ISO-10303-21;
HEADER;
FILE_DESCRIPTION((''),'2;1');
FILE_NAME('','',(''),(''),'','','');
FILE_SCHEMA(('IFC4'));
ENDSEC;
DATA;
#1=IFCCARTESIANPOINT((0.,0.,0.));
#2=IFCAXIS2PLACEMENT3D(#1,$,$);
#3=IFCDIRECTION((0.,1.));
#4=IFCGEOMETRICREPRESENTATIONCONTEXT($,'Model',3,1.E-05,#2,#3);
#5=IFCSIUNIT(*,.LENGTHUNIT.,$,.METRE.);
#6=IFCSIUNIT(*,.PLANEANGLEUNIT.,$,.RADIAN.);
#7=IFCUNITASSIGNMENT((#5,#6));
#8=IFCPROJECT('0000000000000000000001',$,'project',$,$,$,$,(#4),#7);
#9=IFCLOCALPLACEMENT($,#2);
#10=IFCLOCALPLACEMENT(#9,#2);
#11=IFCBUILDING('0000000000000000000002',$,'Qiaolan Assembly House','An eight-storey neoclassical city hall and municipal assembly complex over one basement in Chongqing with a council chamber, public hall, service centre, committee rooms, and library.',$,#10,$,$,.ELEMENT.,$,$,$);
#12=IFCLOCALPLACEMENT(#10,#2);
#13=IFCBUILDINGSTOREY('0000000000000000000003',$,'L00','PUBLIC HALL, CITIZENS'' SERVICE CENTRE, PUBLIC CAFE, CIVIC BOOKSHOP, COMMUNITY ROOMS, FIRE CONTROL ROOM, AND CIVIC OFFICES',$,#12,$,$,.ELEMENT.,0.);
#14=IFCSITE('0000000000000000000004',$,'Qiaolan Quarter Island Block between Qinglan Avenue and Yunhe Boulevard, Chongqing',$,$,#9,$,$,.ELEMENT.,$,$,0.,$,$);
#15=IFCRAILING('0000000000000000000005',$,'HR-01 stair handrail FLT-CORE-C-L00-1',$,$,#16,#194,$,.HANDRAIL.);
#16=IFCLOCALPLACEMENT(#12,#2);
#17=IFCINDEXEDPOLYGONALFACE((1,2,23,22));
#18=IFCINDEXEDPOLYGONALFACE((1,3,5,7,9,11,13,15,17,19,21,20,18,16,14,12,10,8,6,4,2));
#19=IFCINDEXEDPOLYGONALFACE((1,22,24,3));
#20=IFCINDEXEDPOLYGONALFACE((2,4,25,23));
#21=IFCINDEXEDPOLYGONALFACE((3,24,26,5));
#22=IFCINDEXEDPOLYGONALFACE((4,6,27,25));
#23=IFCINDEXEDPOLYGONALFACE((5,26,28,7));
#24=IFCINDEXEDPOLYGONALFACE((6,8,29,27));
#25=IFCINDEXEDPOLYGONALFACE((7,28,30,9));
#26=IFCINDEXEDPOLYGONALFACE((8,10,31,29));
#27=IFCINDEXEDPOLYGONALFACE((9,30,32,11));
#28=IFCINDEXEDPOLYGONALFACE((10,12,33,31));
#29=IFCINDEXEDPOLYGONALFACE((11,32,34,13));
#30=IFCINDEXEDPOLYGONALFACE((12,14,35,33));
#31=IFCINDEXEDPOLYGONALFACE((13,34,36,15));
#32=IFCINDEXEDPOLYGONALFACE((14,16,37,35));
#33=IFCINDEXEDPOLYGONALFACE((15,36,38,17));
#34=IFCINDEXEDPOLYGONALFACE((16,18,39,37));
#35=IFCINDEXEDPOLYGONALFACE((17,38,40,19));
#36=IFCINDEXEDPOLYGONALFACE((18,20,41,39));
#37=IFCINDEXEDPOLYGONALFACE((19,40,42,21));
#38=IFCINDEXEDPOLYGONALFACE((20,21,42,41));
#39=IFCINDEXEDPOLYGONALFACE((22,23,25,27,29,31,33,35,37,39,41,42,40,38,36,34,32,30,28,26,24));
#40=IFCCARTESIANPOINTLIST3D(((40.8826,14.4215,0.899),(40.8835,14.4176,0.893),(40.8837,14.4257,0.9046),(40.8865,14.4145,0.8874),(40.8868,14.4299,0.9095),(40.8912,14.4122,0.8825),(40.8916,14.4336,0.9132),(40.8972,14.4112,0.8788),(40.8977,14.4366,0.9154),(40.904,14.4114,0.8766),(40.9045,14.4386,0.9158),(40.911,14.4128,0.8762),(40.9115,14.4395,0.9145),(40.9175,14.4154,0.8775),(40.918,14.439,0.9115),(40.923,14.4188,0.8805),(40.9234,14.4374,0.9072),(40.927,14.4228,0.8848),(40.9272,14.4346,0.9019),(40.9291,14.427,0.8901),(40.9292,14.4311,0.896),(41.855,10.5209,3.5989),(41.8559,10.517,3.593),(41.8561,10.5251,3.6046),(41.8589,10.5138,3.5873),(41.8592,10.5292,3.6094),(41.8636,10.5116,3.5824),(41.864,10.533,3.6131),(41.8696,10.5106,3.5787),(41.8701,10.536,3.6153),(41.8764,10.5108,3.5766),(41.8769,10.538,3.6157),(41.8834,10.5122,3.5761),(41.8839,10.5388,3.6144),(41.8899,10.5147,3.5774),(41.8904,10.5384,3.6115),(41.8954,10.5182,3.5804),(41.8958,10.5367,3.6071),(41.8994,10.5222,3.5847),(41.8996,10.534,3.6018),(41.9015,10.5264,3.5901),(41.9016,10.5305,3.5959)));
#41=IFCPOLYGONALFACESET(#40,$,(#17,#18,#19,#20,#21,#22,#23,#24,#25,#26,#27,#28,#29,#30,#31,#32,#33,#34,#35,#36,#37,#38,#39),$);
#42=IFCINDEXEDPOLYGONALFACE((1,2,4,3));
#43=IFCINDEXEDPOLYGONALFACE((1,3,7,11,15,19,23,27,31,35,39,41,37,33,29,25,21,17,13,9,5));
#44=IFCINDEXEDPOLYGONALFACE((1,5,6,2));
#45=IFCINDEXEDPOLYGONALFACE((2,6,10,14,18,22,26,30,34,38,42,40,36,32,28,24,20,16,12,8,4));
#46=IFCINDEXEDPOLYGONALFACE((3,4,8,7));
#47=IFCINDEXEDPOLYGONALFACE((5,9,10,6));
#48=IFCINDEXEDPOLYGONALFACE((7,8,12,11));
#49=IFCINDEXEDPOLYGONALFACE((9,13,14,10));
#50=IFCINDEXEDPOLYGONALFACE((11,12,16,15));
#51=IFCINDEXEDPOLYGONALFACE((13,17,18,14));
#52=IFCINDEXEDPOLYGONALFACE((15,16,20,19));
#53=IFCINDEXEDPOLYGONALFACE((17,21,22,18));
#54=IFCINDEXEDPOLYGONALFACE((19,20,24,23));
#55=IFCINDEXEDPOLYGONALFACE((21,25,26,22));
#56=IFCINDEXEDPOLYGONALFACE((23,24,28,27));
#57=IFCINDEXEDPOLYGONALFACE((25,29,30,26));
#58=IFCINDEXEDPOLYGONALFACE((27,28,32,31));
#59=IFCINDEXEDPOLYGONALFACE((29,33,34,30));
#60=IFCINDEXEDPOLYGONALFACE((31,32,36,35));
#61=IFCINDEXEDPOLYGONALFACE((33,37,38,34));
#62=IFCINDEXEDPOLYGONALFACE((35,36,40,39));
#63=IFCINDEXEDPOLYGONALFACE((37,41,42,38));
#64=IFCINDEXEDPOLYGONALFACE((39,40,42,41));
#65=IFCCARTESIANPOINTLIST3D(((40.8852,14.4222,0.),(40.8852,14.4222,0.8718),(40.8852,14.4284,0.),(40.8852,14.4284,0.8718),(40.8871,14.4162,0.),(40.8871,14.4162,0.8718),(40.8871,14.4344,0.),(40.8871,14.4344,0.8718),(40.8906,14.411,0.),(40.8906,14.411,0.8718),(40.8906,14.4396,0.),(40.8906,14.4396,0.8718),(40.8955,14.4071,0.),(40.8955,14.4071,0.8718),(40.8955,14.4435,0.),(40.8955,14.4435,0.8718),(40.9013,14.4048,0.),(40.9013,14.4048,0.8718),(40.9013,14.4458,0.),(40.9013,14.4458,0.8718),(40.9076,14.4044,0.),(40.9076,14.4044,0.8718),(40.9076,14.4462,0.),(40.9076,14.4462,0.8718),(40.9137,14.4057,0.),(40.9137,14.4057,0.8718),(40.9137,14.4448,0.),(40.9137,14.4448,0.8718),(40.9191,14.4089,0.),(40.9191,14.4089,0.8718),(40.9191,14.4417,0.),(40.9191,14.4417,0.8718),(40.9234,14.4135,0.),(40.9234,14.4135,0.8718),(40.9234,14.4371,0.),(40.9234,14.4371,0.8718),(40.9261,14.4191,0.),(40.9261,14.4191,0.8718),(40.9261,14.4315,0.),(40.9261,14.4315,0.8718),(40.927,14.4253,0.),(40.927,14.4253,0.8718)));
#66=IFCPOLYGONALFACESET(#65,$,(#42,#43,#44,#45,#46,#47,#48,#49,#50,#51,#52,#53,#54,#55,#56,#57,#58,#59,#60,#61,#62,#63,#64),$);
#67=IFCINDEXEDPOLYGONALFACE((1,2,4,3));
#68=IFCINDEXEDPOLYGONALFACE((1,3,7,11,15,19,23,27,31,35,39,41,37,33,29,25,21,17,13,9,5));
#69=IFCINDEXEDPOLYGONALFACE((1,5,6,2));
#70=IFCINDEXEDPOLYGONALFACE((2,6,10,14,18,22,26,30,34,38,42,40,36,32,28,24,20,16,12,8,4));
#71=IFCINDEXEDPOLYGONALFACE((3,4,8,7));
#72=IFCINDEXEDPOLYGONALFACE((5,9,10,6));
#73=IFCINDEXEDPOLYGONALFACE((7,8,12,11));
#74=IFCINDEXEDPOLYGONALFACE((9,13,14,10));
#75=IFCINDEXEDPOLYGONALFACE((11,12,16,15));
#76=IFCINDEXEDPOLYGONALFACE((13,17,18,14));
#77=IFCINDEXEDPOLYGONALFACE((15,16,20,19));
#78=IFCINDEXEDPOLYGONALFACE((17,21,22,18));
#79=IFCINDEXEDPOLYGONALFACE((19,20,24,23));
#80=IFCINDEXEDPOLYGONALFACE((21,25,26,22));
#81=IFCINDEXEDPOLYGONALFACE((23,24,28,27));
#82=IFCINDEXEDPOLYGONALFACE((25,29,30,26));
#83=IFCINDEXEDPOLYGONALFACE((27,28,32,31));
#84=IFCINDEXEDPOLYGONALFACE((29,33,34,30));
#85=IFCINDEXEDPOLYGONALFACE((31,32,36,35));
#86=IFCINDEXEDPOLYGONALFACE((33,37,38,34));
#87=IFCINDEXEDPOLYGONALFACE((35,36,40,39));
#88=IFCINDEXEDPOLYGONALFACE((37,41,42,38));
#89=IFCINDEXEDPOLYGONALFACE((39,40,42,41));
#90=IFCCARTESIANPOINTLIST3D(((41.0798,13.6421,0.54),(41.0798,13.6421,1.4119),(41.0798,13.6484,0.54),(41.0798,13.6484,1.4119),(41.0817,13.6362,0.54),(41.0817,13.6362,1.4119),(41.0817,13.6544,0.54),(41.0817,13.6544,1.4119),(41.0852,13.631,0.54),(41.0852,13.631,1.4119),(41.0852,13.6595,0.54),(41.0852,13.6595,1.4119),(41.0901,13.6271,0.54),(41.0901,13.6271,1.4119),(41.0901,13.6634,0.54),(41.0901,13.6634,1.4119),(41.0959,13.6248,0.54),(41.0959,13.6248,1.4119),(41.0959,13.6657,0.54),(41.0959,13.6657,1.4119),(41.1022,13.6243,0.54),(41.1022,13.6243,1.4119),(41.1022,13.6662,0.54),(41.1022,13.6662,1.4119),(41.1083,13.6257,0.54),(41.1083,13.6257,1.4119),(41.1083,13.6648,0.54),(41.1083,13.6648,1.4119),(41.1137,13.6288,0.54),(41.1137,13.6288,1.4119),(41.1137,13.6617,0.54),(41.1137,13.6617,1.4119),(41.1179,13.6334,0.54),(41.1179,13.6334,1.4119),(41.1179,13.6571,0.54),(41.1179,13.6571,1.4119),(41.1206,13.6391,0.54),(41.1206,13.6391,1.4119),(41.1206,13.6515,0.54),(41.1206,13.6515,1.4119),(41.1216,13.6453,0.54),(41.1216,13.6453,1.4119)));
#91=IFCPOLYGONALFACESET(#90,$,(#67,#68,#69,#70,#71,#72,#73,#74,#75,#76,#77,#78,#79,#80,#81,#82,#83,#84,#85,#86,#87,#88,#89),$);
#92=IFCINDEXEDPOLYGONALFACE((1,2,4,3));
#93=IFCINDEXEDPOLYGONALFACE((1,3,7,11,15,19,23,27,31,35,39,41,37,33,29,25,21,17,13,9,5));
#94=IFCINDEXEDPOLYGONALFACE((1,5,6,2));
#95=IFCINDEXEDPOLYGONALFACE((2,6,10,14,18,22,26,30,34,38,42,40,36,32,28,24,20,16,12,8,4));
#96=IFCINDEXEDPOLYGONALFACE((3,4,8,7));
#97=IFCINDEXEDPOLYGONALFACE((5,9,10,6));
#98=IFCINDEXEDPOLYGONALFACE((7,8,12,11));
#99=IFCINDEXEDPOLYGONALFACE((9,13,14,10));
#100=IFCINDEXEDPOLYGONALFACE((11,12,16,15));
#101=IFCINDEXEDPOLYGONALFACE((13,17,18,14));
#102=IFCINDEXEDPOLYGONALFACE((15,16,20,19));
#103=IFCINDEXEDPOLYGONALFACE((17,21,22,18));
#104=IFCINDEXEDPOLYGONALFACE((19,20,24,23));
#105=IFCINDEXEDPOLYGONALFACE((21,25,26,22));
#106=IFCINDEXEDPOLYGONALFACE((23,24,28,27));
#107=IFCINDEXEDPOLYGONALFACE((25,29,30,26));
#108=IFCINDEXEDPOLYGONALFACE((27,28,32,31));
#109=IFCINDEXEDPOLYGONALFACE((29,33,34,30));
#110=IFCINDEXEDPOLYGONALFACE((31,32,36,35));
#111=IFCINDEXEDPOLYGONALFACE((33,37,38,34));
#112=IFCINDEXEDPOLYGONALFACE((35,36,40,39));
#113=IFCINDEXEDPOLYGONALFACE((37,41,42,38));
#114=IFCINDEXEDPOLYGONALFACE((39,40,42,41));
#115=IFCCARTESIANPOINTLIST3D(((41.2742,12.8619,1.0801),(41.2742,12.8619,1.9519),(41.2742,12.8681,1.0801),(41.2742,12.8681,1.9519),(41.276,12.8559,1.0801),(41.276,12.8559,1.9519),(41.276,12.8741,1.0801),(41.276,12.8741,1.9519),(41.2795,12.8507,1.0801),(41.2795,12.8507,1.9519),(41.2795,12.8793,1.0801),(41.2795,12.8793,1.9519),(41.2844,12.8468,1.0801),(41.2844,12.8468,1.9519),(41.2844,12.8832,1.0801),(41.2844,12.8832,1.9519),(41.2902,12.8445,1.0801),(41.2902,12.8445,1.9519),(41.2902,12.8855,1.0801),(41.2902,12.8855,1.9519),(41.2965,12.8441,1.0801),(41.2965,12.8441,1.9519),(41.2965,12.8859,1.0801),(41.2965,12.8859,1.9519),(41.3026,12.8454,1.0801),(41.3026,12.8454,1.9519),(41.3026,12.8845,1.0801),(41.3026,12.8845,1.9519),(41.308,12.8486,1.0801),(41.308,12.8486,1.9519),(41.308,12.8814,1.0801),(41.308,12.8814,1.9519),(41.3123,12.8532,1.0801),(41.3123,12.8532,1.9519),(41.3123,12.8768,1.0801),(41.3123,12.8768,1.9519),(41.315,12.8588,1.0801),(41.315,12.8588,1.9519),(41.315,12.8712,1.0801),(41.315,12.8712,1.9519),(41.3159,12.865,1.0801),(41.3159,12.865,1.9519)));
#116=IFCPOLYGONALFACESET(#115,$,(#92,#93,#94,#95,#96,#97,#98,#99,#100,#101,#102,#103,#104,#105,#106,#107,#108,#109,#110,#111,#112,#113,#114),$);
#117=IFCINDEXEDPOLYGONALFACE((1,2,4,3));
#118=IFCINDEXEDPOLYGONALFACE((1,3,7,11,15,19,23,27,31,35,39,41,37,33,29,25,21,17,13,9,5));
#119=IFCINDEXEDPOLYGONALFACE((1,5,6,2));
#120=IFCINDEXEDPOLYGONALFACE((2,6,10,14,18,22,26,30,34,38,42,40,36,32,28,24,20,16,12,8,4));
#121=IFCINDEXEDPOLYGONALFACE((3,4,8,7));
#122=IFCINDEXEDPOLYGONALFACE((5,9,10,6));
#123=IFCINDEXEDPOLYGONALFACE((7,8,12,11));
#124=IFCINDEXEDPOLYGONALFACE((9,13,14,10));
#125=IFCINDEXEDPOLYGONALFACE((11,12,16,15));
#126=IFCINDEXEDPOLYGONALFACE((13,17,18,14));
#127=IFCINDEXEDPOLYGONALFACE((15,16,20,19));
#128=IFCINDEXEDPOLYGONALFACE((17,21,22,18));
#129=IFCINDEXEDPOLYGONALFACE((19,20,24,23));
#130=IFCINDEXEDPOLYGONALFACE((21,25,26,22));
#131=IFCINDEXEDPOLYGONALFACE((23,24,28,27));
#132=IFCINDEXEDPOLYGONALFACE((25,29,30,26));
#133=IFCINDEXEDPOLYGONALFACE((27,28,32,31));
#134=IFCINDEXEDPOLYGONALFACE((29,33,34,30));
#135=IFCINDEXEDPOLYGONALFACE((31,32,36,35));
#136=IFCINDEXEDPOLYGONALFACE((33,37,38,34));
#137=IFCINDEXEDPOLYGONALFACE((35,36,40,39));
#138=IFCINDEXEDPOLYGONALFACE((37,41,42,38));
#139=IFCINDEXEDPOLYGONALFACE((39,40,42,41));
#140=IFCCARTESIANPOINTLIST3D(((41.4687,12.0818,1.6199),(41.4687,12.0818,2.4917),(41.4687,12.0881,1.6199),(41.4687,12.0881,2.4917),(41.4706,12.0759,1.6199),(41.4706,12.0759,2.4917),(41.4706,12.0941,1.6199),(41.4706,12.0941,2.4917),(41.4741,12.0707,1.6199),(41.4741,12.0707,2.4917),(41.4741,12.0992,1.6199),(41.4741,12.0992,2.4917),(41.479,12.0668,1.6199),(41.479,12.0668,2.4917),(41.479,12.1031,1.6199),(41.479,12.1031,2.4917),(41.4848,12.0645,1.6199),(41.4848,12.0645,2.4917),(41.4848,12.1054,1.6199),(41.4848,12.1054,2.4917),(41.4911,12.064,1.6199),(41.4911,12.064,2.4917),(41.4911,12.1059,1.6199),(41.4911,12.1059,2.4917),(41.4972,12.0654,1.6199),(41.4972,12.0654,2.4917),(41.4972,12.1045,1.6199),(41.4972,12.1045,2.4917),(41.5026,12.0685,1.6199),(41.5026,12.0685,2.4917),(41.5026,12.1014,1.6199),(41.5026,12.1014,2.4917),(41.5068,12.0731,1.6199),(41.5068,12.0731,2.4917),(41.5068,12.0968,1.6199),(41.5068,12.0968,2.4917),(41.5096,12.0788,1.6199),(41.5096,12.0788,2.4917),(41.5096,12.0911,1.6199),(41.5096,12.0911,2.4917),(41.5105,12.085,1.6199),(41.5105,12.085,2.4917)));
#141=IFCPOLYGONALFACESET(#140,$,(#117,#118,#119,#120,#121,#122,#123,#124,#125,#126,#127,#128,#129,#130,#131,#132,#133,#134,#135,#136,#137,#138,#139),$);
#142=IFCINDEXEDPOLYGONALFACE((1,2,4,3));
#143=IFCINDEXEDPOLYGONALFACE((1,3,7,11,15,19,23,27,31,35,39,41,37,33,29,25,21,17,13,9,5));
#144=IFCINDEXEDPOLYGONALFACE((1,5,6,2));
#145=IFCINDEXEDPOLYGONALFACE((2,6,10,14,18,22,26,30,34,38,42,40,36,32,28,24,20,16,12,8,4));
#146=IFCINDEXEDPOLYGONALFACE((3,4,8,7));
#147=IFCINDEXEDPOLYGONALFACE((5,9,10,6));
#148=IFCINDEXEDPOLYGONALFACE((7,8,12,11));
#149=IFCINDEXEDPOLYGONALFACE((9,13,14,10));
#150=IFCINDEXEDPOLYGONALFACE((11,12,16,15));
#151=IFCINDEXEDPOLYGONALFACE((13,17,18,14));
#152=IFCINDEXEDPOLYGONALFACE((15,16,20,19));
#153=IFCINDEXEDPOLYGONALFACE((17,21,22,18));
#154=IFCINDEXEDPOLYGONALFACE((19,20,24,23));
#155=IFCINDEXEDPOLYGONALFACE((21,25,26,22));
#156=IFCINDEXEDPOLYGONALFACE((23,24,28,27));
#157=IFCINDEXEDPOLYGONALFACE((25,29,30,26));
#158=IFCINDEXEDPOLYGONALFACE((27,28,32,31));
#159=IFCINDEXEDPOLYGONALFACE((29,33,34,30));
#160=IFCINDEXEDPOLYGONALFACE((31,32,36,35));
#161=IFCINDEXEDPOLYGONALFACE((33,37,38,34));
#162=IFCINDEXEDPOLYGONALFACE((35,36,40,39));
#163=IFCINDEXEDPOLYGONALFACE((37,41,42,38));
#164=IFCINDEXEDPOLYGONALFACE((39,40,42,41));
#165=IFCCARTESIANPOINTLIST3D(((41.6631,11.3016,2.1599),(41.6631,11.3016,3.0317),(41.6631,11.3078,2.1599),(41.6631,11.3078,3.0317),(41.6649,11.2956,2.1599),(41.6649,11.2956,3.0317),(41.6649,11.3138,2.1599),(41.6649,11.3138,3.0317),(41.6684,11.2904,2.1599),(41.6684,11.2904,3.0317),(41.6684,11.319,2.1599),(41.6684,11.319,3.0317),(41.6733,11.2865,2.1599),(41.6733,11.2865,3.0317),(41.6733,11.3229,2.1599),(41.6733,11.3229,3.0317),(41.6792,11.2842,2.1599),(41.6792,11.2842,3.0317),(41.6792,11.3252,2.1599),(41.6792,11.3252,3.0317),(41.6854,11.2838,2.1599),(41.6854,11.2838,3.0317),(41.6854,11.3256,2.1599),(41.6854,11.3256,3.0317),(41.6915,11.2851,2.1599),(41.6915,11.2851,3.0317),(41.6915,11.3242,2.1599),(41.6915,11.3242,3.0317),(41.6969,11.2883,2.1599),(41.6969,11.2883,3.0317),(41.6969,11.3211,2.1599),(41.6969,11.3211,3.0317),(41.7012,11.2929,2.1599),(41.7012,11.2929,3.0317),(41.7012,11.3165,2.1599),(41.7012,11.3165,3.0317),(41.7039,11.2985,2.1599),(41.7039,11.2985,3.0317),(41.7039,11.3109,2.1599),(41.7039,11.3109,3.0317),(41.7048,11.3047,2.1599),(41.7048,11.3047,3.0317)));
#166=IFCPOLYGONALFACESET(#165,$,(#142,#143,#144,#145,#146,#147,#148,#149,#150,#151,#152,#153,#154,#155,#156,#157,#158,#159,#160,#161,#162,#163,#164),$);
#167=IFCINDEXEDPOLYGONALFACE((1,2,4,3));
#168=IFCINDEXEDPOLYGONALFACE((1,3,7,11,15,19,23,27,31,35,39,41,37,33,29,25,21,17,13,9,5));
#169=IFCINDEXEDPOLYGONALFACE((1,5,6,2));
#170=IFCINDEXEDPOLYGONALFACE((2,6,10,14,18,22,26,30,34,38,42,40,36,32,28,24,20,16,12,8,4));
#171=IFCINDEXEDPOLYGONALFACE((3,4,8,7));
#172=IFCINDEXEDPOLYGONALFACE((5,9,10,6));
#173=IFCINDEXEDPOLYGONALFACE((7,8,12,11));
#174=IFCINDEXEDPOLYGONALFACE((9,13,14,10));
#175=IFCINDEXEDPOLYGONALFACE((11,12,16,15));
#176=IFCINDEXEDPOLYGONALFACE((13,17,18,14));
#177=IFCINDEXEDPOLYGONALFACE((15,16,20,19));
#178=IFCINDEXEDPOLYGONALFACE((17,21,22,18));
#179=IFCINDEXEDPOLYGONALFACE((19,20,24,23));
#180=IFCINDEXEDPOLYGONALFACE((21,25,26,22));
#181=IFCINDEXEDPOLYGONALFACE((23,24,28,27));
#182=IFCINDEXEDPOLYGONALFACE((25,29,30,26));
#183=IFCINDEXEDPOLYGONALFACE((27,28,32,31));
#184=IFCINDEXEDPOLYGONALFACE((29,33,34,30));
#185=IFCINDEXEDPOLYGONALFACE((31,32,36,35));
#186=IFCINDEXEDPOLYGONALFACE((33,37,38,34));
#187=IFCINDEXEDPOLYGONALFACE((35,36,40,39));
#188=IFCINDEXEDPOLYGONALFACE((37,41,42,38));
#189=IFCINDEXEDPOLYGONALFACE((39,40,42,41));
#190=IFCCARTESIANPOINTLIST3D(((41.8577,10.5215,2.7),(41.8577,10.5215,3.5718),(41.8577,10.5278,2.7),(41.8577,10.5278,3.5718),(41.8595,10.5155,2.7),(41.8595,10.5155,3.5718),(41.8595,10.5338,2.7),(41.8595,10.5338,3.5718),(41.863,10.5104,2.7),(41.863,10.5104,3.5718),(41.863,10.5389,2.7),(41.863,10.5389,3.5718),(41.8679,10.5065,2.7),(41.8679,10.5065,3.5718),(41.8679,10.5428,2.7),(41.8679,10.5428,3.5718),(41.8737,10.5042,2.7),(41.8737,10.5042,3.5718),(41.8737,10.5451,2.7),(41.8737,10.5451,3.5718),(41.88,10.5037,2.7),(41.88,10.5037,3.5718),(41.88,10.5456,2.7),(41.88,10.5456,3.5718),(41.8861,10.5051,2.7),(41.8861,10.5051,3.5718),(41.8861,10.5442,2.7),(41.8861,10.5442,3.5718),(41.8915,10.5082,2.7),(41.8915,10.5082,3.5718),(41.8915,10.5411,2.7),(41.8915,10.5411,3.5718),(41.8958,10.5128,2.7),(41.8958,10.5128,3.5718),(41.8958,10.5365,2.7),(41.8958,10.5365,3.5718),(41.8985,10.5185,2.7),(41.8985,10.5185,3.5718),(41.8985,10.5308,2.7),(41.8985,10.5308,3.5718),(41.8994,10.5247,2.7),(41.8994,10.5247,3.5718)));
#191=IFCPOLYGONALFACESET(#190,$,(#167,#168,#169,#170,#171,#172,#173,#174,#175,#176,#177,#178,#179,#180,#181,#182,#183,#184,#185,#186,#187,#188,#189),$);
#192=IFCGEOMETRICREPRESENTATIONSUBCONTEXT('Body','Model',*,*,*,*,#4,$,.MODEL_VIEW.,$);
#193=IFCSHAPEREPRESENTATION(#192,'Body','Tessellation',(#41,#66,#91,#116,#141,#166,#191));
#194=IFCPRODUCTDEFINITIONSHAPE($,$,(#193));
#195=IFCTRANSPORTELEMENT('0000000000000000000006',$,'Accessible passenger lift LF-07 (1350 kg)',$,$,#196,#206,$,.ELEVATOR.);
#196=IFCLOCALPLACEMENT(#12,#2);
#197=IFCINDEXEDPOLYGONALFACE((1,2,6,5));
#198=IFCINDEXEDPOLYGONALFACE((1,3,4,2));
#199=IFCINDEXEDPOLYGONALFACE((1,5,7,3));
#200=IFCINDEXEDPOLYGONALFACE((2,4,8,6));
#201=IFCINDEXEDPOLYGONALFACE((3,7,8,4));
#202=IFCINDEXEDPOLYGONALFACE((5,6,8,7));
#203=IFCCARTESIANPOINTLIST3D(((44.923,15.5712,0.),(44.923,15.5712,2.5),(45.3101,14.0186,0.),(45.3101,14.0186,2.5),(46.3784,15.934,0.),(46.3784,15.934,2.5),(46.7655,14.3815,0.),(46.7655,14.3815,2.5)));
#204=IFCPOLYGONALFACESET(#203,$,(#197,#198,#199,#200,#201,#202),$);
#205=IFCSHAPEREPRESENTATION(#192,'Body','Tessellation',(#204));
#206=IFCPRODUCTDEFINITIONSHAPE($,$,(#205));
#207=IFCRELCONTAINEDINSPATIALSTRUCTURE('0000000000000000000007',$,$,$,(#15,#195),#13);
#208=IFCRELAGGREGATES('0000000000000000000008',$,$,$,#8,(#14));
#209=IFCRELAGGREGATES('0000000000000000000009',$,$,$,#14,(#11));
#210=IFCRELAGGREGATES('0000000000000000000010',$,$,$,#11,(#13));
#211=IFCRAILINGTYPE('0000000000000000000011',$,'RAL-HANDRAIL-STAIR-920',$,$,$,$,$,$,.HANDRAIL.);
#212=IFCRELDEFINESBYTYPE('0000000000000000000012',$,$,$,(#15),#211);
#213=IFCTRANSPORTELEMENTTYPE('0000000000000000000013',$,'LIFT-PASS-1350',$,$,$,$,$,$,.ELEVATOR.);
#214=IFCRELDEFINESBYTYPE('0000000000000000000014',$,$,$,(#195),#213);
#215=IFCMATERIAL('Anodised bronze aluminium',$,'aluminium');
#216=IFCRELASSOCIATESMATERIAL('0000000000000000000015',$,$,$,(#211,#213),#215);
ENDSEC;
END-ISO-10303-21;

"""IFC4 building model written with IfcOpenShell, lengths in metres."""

from ifc_helpers import new_model, si_unit, direction, frame, origin, origin_2d, place, context, subcontext, project, spatial, rectangle, circle, extrude, material, type_object, element, save


model = new_model("IFC4")

# Units and contexts
model_context = context("Model", 3, precision=1e-05, world=origin(), true_north=direction((0.0, 1.0)))
body_context = subcontext(model_context, "Body", "Model", "MODEL_VIEW")
ifc_project = project(units=[si_unit("LENGTHUNIT", "METRE"), si_unit("PLANEANGLEUNIT", "RADIAN")], contexts=[model_context])

# Site, building, storey
site_placement = place(None, origin())
site = spatial("IfcSite", under=ifc_project, at=site_placement, Name="Qiaolan Quarter Island Block between Qinglan Avenue and Yunhe Boulevard, Chongqing", CompositionType="ELEMENT", RefElevation=0.0)
building_placement = place(site_placement, origin())
building = spatial("IfcBuilding", under=site, at=building_placement, Name="Qiaolan Assembly House", Description="An eight-storey neoclassical city hall and municipal assembly complex over one basement in Chongqing with a council chamber, public hall, service centre, committee rooms, and library.", CompositionType="ELEMENT")
storey_placement = place(building_placement, origin())
storey = spatial("IfcBuildingStorey", under=building, at=storey_placement, Name="L00", Description="PUBLIC HALL, CITIZENS' SERVICE CENTRE, PUBLIC CAFE, CIVIC BOOKSHOP, COMMUNITY ROOMS, FIRE CONTROL ROOM, AND CIVIC OFFICES", CompositionType="ELEMENT", Elevation=0.0)

# Railing
ifc_material_1 = material(Name="Anodised bronze aluminium", Category="aluminium")
railing_type_1 = type_object("IfcRailingType", Name="RAL-HANDRAIL-STAIR-920", PredefinedType="HANDRAIL", material=ifc_material_1)
railing_1_placement = place(storey_placement, frame((40.906, 14.4253, 0.0)))
element("IfcRailing", 1, at=railing_1_placement, inside=storey, type_object=railing_type_1, Name="HR-01 stair handrail FLT-CORE-C-L00-1", PredefinedType="HANDRAIL", context=body_context, shape_type="SweptSolid", body=[
    extrude(circle(Radius=0.0239, at=origin_2d()), frame((0.0, 0.0, 0.896), z_axis=(0.200806, -0.805492, 0.557548), x_axis=(0.970303, 0.241893, 0.0)), (0.0, 0.0, 1.0), 4.8425),
    extrude(circle(Radius=0.021, at=origin_2d()), origin(), (0.0, 0.0, 1.0), 0.8718),
    extrude(circle(Radius=0.021, at=origin_2d()), frame((0.1946, -0.78, 0.54)), (0.0, 0.0, 1.0), 0.8718),
    extrude(circle(Radius=0.021, at=origin_2d()), frame((0.3889, -1.5603, 1.0801)), (0.0, 0.0, 1.0), 0.8718),
    extrude(circle(Radius=0.021, at=origin_2d()), frame((0.5835, -2.3403, 1.6199)), (0.0, 0.0, 1.0), 0.8718),
    extrude(circle(Radius=0.021, at=origin_2d()), frame((0.7778, -3.1206, 2.1599)), (0.0, 0.0, 1.0), 0.8718),
    extrude(circle(Radius=0.021, at=origin_2d()), frame((0.9724, -3.9006, 2.7)), (0.0, 0.0, 1.0), 0.8718),
])

# Transport element
transport_element_type_1 = type_object("IfcTransportElementType", Name="LIFT-PASS-1350", PredefinedType="ELEVATOR", material=ifc_material_1)
transport_element_1_placement = place(storey_placement, frame((45.8442, 14.9763, 0.0), z_axis=(0.0, 0.0, 1.0), x_axis=(0.970296, 0.241922, 0.0)))
element("IfcTransportElement", 2, at=transport_element_1_placement, inside=storey, type_object=transport_element_type_1, Name="Accessible passenger lift LF-07 (1350 kg)", PredefinedType="ELEVATOR", context=body_context, shape_type="SweptSolid", body=[
    extrude(rectangle(XDim=1.5, YDim=1.6001, at=origin_2d()), origin(), (0.0, 0.0, 1.0), 2.5),
])

save(model, "model.ifc")
